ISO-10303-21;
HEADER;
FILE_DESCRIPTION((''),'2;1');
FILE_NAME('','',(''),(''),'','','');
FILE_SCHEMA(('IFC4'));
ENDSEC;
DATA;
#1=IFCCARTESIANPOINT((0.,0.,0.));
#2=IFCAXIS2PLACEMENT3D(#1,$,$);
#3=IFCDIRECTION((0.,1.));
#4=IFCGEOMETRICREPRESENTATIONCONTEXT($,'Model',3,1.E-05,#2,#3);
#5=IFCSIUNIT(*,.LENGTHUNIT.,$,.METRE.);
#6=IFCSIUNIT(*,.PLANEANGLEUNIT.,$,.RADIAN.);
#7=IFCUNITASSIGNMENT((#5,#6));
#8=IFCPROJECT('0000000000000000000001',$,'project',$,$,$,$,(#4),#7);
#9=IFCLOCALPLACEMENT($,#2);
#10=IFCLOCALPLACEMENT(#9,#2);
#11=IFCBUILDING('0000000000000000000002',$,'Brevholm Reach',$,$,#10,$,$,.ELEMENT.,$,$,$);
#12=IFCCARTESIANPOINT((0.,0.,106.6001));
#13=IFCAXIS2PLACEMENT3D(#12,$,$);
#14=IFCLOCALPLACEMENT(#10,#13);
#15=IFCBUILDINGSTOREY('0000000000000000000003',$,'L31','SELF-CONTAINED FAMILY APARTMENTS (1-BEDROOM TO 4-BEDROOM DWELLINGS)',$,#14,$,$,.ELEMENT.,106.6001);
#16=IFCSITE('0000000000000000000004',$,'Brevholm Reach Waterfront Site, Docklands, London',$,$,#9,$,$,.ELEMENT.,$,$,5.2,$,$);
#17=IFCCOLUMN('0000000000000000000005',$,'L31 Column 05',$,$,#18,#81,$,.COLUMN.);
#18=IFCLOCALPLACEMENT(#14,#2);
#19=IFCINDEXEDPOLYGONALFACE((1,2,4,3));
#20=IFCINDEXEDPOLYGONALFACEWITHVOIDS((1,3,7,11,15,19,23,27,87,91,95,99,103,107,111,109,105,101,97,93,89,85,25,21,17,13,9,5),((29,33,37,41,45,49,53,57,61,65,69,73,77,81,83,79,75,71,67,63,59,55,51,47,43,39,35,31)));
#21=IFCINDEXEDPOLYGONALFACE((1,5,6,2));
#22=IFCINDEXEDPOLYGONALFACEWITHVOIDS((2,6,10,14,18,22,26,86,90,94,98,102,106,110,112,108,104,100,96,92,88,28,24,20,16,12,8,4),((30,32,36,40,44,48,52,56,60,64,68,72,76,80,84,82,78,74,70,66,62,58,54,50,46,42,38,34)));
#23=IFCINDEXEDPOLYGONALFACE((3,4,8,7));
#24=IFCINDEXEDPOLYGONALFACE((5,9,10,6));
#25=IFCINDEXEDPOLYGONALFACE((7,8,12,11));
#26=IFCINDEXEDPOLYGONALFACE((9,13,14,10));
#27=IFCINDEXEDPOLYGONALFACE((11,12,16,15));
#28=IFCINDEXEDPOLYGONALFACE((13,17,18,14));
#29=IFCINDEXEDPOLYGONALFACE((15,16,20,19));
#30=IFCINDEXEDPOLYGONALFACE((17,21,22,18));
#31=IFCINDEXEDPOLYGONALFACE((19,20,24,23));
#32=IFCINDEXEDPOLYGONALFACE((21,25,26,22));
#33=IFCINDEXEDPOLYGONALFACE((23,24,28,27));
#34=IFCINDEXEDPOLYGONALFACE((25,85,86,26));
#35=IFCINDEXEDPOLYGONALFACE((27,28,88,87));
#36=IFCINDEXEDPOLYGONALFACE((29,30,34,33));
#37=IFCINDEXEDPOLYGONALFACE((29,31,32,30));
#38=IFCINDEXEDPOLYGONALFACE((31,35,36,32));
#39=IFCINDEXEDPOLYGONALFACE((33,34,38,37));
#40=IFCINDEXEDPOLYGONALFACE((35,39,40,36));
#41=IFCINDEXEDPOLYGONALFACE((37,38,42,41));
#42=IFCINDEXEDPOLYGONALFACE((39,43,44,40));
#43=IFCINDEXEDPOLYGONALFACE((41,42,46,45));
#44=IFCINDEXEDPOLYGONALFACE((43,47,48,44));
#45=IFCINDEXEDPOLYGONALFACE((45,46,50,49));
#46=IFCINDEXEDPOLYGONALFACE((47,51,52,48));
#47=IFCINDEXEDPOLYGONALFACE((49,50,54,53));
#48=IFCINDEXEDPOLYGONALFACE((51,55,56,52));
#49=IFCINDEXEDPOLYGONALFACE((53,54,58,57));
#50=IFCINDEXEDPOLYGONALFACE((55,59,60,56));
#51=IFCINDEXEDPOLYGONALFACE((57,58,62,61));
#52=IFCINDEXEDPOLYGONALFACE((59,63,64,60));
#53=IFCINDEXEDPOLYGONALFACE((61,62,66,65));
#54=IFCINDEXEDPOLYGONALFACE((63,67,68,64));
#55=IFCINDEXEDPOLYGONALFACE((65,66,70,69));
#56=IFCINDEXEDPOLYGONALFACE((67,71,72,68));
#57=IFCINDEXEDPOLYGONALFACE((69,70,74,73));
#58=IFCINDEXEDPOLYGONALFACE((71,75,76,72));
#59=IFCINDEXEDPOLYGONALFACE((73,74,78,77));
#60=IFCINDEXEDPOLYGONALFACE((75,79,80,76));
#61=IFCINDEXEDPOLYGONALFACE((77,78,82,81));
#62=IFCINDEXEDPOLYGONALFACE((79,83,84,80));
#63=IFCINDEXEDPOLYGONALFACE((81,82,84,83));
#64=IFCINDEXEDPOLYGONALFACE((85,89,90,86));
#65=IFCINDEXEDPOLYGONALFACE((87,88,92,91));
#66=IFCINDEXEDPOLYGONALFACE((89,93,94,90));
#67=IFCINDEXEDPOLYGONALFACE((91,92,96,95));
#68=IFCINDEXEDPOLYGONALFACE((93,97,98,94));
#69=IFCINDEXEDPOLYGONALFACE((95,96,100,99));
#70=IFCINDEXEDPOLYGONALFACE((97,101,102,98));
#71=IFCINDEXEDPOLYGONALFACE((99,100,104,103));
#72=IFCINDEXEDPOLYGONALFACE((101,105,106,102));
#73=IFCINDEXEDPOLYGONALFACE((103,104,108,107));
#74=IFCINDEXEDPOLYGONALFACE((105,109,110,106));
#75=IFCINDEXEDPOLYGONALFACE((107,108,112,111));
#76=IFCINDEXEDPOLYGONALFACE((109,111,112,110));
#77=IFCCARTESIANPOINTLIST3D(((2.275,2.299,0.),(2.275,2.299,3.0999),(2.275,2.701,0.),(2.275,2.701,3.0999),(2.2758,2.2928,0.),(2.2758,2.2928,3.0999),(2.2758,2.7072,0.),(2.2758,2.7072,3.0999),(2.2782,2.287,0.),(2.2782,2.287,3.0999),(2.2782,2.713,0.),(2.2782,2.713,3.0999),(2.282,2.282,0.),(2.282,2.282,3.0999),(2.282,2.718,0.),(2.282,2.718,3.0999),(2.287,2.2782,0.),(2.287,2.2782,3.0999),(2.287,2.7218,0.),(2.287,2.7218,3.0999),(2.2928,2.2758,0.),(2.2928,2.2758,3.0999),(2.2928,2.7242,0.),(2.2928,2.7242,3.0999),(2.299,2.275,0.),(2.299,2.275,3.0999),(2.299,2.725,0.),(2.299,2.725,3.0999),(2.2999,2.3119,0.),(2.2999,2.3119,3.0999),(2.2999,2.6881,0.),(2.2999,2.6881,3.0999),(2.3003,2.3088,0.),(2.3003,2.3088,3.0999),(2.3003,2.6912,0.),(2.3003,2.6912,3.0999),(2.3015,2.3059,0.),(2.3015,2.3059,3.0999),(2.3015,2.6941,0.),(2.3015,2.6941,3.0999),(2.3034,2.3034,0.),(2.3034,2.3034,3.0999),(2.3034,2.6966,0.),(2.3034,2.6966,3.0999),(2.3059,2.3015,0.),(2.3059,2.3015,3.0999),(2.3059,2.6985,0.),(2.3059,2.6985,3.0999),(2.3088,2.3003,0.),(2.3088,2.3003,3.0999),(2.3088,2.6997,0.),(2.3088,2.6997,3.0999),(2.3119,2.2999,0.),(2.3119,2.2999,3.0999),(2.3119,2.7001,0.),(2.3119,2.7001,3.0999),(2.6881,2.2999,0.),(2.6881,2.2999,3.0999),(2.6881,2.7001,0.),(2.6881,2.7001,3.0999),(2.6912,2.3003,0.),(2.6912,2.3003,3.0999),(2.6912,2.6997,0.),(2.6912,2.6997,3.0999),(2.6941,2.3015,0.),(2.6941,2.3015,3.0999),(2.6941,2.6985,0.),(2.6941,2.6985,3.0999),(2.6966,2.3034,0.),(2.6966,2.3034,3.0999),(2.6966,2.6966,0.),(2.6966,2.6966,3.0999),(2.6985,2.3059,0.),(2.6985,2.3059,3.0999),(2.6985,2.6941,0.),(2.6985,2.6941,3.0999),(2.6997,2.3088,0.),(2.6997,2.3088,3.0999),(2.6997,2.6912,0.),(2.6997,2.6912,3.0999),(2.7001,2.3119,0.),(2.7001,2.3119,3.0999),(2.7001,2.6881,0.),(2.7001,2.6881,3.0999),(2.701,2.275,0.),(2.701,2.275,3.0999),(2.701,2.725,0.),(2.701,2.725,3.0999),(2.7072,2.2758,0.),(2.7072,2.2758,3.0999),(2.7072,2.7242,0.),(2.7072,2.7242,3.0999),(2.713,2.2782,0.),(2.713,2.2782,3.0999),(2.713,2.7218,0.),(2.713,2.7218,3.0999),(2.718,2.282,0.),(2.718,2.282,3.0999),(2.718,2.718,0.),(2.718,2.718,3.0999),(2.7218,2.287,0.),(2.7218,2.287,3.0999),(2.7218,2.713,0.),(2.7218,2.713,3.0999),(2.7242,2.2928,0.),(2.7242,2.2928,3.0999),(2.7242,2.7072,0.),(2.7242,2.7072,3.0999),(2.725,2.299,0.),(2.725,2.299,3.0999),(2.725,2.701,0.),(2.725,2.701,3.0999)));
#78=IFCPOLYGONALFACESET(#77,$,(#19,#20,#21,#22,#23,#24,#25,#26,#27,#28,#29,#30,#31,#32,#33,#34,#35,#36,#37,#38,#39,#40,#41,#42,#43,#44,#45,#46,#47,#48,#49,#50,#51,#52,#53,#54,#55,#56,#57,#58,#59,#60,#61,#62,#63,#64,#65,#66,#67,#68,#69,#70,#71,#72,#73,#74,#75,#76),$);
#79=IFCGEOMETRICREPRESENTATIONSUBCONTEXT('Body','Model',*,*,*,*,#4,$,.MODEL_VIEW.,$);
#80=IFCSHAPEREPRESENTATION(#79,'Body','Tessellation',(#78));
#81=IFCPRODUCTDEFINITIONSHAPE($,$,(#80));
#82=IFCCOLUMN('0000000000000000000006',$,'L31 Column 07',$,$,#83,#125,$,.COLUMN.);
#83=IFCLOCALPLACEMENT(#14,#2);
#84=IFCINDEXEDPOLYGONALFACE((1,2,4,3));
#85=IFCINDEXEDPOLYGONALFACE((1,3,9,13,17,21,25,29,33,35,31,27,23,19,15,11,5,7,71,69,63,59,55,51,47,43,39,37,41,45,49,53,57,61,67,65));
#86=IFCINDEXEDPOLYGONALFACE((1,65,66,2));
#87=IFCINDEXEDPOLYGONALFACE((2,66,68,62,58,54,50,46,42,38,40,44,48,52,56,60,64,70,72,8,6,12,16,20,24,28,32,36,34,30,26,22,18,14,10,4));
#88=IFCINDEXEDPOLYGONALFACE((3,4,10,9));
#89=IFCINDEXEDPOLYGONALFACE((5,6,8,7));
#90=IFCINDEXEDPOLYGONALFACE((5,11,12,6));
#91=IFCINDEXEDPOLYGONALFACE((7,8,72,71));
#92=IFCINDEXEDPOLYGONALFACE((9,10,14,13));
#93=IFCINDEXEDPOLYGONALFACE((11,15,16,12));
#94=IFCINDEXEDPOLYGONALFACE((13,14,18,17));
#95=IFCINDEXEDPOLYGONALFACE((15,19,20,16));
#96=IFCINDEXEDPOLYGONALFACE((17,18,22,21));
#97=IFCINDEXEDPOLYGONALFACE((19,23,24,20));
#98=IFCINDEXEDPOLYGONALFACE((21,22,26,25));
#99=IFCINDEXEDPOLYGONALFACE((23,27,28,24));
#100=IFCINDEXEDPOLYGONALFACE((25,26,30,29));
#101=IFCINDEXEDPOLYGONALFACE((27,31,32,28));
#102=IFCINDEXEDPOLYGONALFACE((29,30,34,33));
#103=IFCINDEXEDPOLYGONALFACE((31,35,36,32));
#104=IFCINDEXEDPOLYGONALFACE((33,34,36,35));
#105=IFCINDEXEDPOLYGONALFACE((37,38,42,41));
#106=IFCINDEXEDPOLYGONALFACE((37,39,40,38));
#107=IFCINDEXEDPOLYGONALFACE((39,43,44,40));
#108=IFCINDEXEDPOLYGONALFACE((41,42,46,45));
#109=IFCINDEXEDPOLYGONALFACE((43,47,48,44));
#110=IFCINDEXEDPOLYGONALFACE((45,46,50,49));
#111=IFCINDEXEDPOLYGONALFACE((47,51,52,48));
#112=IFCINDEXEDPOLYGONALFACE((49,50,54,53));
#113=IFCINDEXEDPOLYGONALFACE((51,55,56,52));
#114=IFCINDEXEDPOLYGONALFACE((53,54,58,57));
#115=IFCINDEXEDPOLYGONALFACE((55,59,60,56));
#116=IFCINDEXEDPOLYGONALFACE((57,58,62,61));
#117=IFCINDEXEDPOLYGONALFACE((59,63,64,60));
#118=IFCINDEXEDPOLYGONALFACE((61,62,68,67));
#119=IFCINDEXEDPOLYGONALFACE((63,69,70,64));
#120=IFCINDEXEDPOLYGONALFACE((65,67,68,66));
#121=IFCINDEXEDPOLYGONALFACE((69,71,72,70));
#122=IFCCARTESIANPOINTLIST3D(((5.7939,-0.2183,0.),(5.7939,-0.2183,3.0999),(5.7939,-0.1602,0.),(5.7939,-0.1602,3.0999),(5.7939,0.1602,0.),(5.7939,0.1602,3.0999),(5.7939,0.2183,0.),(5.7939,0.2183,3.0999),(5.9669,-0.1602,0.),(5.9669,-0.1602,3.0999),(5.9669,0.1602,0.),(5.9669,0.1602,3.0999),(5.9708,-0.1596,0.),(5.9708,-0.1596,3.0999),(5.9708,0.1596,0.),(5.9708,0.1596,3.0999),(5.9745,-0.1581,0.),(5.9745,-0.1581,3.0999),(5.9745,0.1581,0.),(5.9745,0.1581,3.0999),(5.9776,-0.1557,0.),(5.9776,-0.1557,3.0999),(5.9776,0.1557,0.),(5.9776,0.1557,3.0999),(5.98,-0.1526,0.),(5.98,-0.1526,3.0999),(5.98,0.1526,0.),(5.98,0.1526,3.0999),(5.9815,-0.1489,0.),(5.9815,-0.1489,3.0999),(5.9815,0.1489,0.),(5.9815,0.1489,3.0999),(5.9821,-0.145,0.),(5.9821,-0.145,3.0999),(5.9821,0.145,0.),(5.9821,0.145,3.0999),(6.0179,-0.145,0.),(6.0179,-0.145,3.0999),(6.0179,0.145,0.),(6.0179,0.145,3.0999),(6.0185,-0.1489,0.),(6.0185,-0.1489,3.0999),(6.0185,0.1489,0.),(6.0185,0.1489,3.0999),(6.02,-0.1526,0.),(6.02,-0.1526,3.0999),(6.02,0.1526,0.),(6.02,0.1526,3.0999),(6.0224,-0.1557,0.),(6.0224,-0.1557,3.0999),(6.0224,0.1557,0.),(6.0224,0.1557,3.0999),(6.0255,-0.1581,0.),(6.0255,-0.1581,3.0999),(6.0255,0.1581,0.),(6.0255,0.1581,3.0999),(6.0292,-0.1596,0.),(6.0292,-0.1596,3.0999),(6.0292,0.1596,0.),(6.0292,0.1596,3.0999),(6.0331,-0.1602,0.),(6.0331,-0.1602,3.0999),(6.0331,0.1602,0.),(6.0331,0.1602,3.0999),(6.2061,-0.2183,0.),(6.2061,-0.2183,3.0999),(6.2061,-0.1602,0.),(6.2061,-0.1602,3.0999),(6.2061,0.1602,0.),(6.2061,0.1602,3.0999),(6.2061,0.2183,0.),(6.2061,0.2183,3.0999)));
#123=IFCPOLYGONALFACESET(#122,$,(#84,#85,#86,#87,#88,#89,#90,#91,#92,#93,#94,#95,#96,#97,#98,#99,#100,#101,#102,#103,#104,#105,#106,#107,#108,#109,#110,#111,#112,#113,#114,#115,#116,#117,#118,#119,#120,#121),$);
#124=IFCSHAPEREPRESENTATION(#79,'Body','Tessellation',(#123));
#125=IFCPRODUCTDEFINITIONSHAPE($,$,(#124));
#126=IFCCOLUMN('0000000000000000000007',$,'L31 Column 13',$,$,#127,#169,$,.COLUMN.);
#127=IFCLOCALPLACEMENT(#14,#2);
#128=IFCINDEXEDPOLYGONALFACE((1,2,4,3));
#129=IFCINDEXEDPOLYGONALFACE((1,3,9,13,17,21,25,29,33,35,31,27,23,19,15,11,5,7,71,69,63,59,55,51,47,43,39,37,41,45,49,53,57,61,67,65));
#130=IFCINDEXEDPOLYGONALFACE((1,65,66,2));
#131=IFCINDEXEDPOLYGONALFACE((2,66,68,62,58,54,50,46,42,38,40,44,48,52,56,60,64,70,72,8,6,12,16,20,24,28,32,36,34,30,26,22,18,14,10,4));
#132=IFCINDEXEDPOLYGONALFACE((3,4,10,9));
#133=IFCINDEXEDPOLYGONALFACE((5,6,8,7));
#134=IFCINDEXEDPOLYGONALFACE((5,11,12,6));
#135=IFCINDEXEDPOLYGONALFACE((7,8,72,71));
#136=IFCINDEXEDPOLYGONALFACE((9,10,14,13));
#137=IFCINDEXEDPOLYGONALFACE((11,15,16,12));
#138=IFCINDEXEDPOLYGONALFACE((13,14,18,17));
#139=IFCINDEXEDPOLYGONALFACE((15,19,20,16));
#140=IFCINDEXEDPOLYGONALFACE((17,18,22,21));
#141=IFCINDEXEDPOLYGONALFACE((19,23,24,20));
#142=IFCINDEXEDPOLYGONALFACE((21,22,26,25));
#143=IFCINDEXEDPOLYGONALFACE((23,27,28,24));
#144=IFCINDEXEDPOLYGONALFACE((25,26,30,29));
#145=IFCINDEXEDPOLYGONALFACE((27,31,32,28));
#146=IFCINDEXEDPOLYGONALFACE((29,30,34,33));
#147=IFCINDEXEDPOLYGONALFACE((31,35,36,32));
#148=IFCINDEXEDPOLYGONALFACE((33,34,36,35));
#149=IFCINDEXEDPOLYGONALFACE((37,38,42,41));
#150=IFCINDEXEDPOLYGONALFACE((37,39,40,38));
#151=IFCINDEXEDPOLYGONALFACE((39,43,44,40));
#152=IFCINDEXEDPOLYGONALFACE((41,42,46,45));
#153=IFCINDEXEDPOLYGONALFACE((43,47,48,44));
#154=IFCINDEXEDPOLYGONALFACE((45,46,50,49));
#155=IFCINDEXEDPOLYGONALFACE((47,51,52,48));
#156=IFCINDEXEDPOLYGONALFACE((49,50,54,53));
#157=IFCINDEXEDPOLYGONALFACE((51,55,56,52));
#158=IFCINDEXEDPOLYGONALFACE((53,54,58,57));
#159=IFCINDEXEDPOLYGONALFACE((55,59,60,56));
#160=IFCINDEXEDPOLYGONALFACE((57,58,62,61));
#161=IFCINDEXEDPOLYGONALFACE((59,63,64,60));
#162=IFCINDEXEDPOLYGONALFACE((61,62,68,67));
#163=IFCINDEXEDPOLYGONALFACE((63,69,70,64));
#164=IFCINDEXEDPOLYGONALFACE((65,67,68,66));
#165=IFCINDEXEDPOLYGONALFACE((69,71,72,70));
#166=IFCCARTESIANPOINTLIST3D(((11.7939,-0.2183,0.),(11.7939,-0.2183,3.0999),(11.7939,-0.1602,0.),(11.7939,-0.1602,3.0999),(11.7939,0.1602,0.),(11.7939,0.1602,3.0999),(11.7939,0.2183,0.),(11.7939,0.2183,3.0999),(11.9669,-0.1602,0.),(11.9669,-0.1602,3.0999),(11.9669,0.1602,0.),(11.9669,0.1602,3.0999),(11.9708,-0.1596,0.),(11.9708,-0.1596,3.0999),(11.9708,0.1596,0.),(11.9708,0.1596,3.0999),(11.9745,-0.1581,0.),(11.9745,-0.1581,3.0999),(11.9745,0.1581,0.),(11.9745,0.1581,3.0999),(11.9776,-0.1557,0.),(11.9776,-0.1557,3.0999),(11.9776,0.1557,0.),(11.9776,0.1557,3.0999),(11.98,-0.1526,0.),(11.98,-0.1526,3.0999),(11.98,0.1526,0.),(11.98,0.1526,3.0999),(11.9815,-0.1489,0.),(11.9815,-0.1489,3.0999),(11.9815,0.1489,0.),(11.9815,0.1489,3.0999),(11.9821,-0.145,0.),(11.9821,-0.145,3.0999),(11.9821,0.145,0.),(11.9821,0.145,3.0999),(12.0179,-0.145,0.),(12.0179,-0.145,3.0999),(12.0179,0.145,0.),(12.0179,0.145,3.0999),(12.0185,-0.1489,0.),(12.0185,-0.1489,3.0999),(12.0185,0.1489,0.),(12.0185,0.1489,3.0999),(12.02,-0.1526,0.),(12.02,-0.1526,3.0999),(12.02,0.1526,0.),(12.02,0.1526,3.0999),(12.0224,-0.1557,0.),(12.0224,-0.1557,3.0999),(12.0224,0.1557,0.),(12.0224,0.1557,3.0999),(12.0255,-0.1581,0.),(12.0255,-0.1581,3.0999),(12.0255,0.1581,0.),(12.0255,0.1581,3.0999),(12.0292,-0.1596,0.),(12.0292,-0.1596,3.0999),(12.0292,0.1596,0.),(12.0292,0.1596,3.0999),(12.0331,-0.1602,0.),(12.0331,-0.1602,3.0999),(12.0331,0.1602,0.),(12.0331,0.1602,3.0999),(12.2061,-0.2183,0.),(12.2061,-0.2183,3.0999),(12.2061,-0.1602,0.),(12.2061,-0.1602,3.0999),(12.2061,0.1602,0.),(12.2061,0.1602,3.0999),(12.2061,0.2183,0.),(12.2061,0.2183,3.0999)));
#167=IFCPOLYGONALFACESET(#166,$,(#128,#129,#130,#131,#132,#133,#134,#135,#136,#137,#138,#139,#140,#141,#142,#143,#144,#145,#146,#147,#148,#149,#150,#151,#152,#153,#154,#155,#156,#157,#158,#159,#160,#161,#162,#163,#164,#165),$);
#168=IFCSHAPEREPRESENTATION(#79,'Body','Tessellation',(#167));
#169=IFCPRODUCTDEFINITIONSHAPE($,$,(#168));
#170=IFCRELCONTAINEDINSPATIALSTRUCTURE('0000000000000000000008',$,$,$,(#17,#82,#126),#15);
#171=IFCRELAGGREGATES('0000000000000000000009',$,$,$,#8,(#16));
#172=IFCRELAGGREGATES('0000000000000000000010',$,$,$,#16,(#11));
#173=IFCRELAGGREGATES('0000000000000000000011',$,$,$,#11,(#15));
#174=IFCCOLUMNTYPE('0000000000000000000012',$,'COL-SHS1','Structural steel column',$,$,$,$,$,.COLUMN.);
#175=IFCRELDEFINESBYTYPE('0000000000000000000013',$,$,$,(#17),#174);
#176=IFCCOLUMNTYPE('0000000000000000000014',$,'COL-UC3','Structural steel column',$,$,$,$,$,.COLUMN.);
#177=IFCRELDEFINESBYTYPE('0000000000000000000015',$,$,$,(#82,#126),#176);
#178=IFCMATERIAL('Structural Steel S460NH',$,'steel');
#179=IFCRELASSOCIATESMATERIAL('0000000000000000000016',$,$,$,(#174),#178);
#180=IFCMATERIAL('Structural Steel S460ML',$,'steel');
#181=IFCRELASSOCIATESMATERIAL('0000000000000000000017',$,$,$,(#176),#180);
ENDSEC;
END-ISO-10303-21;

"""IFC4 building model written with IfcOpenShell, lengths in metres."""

from ifc_helpers import new_model, si_unit, direction, frame, origin, origin_2d, place, context, subcontext, project, spatial, hollow_rectangle, i_section, extrude, material, material_profile, profile_set, type_object, element, save


model = new_model("IFC4")

# Units and contexts
model_context = context("Model", 3, precision=1e-05, world=origin(), true_north=direction((0.0, 1.0)))
body_context = subcontext(model_context, "Body", "Model", "MODEL_VIEW")
ifc_project = project(units=[si_unit("LENGTHUNIT", "METRE"), si_unit("PLANEANGLEUNIT", "RADIAN")], contexts=[model_context])

# Site, building, storey
site_placement = place(None, origin())
site = spatial("IfcSite", under=ifc_project, at=site_placement, Name="Brevholm Reach Waterfront Site, Docklands, London", CompositionType="ELEMENT", RefElevation=5.2)
building_placement = place(site_placement, origin())
building = spatial("IfcBuilding", under=site, at=building_placement, Name="Brevholm Reach", CompositionType="ELEMENT")
storey_placement = place(building_placement, frame((0.0, 0.0, 106.6001)))
storey = spatial("IfcBuildingStorey", under=building, at=storey_placement, Name="L31", Description="SELF-CONTAINED FAMILY APARTMENTS (1-BEDROOM TO 4-BEDROOM DWELLINGS)", CompositionType="ELEMENT", Elevation=106.6001)

# Columns
ifc_material_1 = material(Name="Structural Steel S460NH", Category="steel")
ifc_material_profile_1 = material_profile(ifc_material_1, hollow_rectangle(XDim=0.45, YDim=0.45, WallThickness=0.0249, InnerFilletRadius=0.012, OuterFilletRadius=0.0239, at=origin_2d()), Name="SHS 450x450x25")
ifc_profile_set_1 = profile_set([ifc_material_profile_1], Name="Structural Steel S460NH")
column_type_1 = type_object("IfcColumnType", Name="COL-SHS1", Description="Structural steel column", PredefinedType="COLUMN", material=ifc_profile_set_1)
column_placement = place(storey_placement, frame((2.5, 2.5, 0.0), z_axis=(0.0, 0.0, 1.0), x_axis=(1.0, 0.0, 0.0)))
element("IfcColumn", 1, at=column_placement, inside=storey, type_object=column_type_1, Name="L31 Column 05", PredefinedType="COLUMN", context=body_context, shape_type="SweptSolid", body=[
    extrude(hollow_rectangle(XDim=0.45, YDim=0.45, WallThickness=0.0249, InnerFilletRadius=0.012, OuterFilletRadius=0.0239, at=origin_2d()), origin(), (0.0, 0.0, 1.0), 3.0999),
])
ifc_material_2 = material(Name="Structural Steel S460ML", Category="steel")
ifc_material_profile_2 = material_profile(ifc_material_2, i_section(OverallWidth=0.4121, OverallDepth=0.4365, WebThickness=0.0359, FlangeThickness=0.0581, FilletRadius=0.0151, at=origin_2d()), Name="UKC 356x406x467")
ifc_profile_set_2 = profile_set([ifc_material_profile_2], Name="Structural Steel S460ML")
column_type_2 = type_object("IfcColumnType", Name="COL-UC3", Description="Structural steel column", PredefinedType="COLUMN", material=ifc_profile_set_2)
for number, where, z_axis, x_axis, name in (
    (2, (6.0, 0.0, 0.0), (0.0, 0.0, 1.0), (1.0, 0.0, 0.0), "L31 Column 07"),
    (3, (12.0, 0.0, 0.0), (0.0, 0.0, 1.0), (1.0, 0.0, 0.0), "L31 Column 13"),
):
    element("IfcColumn", number, at=place(storey_placement, frame(where, z_axis=z_axis, x_axis=x_axis)), inside=storey, type_object=column_type_2, Name=name, PredefinedType="COLUMN", context=body_context, shape_type="SweptSolid", body=[
        extrude(i_section(OverallWidth=0.4121, OverallDepth=0.4365, WebThickness=0.0359, FlangeThickness=0.0581, FilletRadius=0.0151, at=origin_2d()), origin(), (0.0, 0.0, 1.0), 3.0999),
    ])

save(model, "model.ifc")
